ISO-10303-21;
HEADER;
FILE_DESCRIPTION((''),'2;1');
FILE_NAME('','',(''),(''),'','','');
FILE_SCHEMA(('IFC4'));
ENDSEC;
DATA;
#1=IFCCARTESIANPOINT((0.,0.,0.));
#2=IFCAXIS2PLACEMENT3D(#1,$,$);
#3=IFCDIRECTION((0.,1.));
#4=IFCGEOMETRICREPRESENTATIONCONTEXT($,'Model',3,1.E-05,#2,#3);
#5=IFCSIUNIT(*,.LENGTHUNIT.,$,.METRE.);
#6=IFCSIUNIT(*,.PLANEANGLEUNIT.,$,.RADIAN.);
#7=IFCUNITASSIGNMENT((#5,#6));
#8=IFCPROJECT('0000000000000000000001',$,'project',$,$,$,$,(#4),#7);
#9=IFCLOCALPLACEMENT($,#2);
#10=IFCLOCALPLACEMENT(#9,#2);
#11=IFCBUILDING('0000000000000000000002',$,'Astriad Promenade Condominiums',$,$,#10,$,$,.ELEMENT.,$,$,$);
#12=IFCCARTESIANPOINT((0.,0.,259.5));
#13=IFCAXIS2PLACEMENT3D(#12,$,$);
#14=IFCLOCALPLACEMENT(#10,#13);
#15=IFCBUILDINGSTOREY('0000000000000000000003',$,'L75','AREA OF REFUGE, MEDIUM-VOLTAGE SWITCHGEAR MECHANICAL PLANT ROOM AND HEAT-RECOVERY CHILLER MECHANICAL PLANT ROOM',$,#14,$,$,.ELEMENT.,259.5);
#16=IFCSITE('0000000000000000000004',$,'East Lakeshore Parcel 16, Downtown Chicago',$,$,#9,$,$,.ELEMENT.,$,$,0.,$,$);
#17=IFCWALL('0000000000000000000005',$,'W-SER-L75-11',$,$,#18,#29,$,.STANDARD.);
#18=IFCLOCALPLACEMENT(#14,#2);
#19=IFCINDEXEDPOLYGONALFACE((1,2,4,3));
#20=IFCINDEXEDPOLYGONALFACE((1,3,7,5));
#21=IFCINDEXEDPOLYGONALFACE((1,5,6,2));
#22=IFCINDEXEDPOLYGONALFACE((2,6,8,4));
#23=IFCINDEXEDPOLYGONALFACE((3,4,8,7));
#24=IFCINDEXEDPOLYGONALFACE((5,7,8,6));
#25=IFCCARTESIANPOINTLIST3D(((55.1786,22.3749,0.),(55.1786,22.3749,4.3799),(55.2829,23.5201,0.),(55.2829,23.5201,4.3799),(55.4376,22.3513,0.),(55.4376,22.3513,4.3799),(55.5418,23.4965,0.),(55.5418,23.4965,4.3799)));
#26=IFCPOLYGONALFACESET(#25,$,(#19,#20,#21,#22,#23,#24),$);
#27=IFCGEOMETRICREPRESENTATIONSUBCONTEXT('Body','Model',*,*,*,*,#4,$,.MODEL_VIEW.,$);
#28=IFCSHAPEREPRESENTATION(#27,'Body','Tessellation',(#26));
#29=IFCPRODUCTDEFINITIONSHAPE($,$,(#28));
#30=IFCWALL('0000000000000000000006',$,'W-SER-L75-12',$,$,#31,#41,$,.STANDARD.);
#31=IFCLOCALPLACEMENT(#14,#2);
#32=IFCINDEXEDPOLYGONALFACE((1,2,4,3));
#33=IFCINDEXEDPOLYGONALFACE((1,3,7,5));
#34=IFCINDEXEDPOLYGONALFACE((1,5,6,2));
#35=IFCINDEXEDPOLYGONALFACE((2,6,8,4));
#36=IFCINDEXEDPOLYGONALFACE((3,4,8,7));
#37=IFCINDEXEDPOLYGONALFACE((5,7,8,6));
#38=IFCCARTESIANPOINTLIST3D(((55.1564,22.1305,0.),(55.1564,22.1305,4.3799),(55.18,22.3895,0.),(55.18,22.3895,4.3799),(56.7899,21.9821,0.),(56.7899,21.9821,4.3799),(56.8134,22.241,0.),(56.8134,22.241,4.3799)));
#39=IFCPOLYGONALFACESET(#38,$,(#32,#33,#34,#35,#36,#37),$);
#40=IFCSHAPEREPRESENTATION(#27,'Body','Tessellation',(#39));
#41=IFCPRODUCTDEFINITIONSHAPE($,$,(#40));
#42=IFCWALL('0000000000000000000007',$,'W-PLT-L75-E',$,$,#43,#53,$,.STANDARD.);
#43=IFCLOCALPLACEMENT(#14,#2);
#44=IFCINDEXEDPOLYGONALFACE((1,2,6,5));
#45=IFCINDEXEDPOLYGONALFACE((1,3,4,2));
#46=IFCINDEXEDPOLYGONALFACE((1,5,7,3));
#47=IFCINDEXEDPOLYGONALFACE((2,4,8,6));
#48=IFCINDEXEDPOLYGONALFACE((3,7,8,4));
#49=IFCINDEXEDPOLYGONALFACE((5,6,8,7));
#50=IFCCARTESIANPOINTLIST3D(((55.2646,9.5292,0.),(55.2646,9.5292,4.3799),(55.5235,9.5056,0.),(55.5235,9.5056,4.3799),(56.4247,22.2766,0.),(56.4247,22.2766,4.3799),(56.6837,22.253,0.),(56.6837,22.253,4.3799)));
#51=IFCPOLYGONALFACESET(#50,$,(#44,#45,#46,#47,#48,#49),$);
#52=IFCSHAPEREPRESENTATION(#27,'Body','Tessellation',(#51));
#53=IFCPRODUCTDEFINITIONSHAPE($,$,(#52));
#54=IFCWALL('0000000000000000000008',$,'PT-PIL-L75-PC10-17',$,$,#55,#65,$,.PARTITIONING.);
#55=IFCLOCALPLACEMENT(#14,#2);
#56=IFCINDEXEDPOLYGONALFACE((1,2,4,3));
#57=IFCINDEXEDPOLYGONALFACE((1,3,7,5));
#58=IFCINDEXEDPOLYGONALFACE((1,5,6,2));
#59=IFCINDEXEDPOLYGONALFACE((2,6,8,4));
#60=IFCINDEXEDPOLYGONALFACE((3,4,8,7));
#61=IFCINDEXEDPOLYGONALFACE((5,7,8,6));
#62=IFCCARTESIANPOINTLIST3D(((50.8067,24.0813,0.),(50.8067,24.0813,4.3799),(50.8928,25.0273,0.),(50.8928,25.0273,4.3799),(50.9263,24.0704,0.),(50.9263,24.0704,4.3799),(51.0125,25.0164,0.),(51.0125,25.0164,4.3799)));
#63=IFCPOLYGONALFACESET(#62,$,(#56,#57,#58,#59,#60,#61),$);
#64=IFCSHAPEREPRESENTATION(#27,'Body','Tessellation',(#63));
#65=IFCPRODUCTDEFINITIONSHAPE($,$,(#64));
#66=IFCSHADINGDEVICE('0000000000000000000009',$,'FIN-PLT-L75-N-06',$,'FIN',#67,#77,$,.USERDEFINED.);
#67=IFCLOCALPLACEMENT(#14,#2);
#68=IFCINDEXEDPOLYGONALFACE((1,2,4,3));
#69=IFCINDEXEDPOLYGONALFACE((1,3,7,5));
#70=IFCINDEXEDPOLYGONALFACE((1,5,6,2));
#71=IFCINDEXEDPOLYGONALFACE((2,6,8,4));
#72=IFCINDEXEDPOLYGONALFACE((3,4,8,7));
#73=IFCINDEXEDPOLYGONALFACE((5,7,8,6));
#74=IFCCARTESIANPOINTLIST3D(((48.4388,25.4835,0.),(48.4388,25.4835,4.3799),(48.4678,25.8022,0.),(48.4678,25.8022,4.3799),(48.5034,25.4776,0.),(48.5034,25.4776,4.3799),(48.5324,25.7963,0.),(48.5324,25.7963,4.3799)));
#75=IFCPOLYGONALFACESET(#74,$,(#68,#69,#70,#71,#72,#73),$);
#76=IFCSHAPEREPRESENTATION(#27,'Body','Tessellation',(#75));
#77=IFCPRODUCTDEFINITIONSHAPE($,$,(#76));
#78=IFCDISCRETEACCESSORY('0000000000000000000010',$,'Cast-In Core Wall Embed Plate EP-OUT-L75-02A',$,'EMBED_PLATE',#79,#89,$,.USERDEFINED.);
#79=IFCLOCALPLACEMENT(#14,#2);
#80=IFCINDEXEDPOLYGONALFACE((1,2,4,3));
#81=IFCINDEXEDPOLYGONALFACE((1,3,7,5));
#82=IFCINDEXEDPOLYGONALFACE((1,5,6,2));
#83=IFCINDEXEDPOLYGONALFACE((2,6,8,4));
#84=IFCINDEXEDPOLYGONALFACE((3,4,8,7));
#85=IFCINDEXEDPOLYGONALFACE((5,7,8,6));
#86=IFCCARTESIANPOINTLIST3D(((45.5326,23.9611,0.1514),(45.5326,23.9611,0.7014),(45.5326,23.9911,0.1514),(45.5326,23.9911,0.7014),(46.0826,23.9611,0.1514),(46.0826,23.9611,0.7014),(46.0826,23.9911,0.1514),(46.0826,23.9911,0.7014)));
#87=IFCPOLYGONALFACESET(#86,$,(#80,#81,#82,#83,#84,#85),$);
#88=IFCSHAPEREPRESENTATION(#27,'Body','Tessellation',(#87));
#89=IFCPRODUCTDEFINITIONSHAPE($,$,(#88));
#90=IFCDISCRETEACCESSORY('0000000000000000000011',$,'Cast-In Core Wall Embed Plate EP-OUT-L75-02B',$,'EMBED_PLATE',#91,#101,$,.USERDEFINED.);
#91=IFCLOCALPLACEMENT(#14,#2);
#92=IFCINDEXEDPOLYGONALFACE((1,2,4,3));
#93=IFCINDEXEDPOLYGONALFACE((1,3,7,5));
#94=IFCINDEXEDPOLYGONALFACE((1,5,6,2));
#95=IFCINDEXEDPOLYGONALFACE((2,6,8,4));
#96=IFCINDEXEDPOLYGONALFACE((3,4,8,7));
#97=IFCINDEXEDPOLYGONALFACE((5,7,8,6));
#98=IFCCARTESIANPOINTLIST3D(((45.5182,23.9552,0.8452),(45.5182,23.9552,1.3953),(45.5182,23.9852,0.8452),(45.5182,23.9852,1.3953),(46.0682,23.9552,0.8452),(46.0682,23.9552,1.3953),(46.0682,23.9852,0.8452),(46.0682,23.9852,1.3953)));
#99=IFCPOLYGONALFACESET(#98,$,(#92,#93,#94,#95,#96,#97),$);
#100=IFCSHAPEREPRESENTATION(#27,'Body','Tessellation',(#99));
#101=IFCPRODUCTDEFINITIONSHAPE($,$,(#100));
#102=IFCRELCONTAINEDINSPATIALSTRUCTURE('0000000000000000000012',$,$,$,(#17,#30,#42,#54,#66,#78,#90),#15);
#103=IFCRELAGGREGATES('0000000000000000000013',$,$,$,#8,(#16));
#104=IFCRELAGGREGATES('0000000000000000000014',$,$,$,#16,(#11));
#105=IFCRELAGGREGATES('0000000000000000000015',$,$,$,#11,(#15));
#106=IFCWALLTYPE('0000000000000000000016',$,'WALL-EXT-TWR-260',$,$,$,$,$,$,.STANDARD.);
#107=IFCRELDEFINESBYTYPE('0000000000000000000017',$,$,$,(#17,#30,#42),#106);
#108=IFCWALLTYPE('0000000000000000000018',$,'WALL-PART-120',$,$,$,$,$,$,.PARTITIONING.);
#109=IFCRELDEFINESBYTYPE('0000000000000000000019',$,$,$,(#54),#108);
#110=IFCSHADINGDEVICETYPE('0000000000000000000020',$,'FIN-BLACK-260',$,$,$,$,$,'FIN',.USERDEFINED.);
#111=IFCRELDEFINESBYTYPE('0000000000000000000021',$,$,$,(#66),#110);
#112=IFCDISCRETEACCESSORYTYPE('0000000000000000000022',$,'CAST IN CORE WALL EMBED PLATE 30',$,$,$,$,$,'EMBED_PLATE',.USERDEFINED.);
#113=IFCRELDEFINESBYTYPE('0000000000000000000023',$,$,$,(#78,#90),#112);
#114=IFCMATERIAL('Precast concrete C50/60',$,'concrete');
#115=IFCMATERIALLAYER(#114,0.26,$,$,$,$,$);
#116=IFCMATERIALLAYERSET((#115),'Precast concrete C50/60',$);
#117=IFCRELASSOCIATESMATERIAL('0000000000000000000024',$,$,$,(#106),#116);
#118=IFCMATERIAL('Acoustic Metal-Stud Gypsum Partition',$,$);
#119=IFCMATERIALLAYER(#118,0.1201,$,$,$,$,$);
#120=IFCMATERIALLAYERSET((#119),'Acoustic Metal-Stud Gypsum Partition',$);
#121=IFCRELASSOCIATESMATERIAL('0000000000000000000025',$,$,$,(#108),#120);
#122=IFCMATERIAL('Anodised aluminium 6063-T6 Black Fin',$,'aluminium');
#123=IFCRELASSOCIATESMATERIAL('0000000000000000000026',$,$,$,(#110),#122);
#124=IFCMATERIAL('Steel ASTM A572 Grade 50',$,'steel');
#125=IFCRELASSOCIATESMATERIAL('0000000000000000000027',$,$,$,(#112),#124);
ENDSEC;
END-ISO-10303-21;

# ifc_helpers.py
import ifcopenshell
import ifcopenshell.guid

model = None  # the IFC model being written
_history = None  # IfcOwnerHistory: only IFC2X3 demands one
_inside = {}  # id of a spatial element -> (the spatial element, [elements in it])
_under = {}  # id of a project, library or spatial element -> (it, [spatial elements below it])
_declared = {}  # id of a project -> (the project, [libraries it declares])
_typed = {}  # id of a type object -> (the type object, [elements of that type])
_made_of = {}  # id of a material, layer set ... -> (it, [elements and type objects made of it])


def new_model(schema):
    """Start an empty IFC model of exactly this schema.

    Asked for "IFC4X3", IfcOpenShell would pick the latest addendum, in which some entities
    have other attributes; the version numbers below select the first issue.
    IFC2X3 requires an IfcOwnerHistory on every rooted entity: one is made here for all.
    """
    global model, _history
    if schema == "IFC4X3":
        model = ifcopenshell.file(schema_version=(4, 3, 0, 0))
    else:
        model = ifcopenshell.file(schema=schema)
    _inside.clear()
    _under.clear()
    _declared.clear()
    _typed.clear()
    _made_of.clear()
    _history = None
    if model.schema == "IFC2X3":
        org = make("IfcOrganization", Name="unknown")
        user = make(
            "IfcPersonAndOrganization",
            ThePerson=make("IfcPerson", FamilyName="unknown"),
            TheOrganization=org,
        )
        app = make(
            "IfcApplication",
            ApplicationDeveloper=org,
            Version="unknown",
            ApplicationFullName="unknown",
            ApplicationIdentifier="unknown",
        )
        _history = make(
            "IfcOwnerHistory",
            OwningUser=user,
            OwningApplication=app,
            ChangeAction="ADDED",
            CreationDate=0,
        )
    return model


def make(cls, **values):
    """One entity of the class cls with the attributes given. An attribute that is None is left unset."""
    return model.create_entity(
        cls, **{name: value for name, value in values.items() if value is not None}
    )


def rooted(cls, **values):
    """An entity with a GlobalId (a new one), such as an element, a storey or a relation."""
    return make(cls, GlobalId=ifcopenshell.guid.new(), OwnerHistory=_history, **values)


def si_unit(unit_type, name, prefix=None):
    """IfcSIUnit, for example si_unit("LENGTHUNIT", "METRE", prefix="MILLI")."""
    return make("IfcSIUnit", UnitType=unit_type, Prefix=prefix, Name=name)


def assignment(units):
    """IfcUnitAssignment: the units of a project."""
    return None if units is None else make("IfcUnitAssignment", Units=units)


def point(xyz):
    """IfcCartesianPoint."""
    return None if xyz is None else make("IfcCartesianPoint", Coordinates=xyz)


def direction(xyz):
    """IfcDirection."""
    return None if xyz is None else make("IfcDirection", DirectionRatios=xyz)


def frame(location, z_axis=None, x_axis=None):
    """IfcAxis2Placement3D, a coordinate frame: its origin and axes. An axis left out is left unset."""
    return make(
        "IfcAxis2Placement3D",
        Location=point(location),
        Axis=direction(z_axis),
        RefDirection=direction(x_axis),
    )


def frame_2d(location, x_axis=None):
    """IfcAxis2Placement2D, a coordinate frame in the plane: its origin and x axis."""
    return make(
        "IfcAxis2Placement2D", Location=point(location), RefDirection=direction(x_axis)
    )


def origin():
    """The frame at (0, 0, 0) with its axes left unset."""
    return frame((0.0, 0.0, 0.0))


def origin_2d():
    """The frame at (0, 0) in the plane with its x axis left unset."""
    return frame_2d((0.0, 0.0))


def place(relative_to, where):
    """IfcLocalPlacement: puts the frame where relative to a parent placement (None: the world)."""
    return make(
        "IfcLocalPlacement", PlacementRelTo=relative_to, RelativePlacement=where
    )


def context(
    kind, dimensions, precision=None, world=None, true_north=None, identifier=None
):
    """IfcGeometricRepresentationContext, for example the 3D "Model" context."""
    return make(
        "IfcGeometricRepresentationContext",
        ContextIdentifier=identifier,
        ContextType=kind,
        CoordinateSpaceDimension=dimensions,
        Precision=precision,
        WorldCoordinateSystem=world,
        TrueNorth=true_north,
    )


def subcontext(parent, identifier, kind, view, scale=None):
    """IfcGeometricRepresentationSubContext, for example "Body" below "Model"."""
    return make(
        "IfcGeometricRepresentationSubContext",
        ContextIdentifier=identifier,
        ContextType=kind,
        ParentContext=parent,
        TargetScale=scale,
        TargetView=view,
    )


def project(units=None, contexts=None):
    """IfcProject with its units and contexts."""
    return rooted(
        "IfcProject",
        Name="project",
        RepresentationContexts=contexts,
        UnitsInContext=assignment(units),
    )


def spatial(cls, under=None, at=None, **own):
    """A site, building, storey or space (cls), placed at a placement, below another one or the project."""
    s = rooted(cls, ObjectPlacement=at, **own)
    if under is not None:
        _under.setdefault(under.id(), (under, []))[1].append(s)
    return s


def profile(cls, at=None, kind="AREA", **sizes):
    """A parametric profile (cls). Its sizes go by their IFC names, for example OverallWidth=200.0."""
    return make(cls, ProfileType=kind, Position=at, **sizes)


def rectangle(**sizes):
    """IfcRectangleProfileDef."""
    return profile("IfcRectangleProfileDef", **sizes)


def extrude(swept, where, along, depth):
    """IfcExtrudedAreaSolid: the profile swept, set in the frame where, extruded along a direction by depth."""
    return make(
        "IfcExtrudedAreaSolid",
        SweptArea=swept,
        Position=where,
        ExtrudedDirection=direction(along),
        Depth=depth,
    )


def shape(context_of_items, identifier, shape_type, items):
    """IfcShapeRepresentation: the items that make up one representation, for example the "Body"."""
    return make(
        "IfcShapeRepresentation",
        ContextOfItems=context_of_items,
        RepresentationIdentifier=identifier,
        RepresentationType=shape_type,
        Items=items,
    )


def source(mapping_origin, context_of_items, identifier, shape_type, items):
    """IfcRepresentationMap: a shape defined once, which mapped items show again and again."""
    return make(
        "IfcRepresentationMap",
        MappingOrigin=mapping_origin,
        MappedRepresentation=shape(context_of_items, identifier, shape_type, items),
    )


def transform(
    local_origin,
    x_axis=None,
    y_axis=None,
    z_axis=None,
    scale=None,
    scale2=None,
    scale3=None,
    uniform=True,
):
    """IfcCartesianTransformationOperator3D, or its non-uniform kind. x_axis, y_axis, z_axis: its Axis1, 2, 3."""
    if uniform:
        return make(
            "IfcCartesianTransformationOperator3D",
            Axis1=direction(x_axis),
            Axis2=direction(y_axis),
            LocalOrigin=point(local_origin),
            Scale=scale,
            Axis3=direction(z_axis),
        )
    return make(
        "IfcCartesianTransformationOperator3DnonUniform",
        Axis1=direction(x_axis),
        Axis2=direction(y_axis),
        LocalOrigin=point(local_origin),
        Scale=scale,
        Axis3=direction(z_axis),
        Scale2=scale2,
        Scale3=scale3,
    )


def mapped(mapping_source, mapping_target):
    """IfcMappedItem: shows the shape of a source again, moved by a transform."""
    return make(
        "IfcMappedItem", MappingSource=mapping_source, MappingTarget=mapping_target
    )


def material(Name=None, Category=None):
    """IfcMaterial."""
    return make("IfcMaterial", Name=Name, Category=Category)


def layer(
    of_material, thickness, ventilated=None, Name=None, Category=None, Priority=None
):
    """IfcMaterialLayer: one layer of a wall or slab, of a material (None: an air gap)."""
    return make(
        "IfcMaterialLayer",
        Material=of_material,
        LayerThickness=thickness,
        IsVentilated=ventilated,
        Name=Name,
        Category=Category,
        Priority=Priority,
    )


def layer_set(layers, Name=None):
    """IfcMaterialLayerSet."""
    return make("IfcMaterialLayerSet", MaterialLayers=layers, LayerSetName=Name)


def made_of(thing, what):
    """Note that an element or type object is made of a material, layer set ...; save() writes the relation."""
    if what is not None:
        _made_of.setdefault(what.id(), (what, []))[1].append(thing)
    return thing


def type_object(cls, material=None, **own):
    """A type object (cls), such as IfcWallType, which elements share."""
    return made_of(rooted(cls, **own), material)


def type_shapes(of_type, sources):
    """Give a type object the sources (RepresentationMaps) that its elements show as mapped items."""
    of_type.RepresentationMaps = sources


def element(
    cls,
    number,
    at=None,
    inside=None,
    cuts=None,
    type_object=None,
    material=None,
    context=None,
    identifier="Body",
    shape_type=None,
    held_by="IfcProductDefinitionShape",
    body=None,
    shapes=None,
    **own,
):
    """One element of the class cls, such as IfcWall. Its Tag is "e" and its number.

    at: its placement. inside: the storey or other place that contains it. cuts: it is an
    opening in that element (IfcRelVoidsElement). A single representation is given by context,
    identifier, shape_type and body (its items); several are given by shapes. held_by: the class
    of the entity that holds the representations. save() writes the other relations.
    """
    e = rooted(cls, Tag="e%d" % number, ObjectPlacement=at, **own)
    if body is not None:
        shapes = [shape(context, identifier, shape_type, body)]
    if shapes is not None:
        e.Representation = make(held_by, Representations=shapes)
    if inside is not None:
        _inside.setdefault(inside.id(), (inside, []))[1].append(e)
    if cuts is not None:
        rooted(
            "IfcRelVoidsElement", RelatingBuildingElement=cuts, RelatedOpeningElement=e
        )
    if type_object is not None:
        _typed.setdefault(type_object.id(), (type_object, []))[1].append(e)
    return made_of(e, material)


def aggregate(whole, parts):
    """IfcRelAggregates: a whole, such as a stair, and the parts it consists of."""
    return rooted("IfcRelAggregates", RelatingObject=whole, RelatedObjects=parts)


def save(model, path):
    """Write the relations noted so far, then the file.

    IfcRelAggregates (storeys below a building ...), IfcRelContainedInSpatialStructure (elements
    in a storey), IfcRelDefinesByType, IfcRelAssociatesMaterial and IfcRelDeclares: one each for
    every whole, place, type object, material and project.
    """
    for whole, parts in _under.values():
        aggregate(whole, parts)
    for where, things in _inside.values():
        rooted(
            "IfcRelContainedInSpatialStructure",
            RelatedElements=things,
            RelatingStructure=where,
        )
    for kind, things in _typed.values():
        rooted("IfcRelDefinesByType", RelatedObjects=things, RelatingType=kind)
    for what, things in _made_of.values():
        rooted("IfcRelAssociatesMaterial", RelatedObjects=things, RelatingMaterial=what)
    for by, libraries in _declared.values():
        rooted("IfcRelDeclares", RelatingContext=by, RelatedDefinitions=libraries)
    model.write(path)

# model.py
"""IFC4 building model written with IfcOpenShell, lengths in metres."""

from ifc_helpers import new_model, si_unit, direction, frame, frame_2d, origin, origin_2d, place, context, subcontext, project, spatial, rectangle, extrude, source, transform, mapped, material, layer, layer_set, type_object, type_shapes, element, save


model = new_model("IFC4")

# Units and contexts
model_context = context("Model", 3, precision=1e-05, world=origin(), true_north=direction((0.0, 1.0)))
body_context = subcontext(model_context, "Body", "Model", "MODEL_VIEW")
ifc_project = project(units=[si_unit("LENGTHUNIT", "METRE"), si_unit("PLANEANGLEUNIT", "RADIAN")], contexts=[model_context])

# Site, building, storey
site_placement = place(None, origin())
site = spatial("IfcSite", under=ifc_project, at=site_placement, Name="East Lakeshore Parcel 16, Downtown Chicago", CompositionType="ELEMENT", RefElevation=0.0)
building_placement = place(site_placement, origin())
building = spatial("IfcBuilding", under=site, at=building_placement, Name="Astriad Promenade Condominiums", CompositionType="ELEMENT")
storey_placement = place(building_placement, frame((0.0, 0.0, 259.5)))
storey = spatial("IfcBuildingStorey", under=building, at=storey_placement, Name="L75", Description="AREA OF REFUGE, MEDIUM-VOLTAGE SWITCHGEAR MECHANICAL PLANT ROOM AND HEAT-RECOVERY CHILLER MECHANICAL PLANT ROOM", CompositionType="ELEMENT", Elevation=259.5)

# Shared definitions
ifc_material_1 = material(Name="Steel ASTM A572 Grade 50", Category="steel")

# Walls
ifc_material_2 = material(Name="Precast concrete C50/60", Category="concrete")
ifc_layer_1 = layer(ifc_material_2, 0.26)
ifc_layer_set_1 = layer_set([ifc_layer_1], Name="Precast concrete C50/60")
wall_type_1 = type_object("IfcWallType", Name="WALL-EXT-TWR-260", PredefinedType="STANDARD", material=ifc_layer_set_1)
wall_1_placement = place(storey_placement, frame((55.4124, 23.5083, 0.0), z_axis=(0.0, 0.0, 1.0), x_axis=(-0.090651, -0.995883, 0.0)))
element("IfcWall", 1, at=wall_1_placement, inside=storey, type_object=wall_type_1, Name="W-SER-L75-11", PredefinedType="STANDARD", context=body_context, shape_type="SweptSolid", body=[
    extrude(rectangle(XDim=1.1499, YDim=0.26, at=frame_2d((0.575, 0.0))), origin(), (0.0, 0.0, 1.0), 4.3799),
])
wall_2_placement = place(storey_placement, frame((55.1682, 22.26, 0.0), z_axis=(0.0, 0.0, 1.0), x_axis=(0.995896, -0.090509, 0.0)))
element("IfcWall", 2, at=wall_2_placement, inside=storey, type_object=wall_type_1, Name="W-SER-L75-12", PredefinedType="STANDARD", context=body_context, shape_type="SweptSolid", body=[
    extrude(rectangle(XDim=1.6401, YDim=0.26, at=frame_2d((0.8201, 0.0))), origin(), (0.0, 0.0, 1.0), 4.3799),
])
wall_3_placement = place(storey_placement, frame((56.5542, 22.2646, 0.0), z_axis=(0.0, 0.0, 1.0), x_axis=(-0.090637, -0.995884, 0.0)))
element("IfcWall", 3, at=wall_3_placement, inside=storey, type_object=wall_type_1, Name="W-PLT-L75-E", PredefinedType="STANDARD", context=body_context, shape_type="SweptSolid", body=[
    extrude(rectangle(XDim=12.8, YDim=0.26, at=frame_2d((6.3999, 0.0))), origin(), (0.0, 0.0, 1.0), 4.3799),
])
ifc_material_3 = material(Name="Acoustic Metal-Stud Gypsum Partition")
ifc_layer_2 = layer(ifc_material_3, 0.1201)
ifc_layer_set_2 = layer_set([ifc_layer_2], Name="Acoustic Metal-Stud Gypsum Partition")
wall_type_2 = type_object("IfcWallType", Name="WALL-PART-120", PredefinedType="PARTITIONING", material=ifc_layer_set_2)
wall_4_placement = place(storey_placement, frame((50.8665, 24.0757, 0.0), z_axis=(0.0, 0.0, 1.0), x_axis=(0.090721, 0.995876, 0.0)))
element("IfcWall", 4, at=wall_4_placement, inside=storey, type_object=wall_type_2, Name="PT-PIL-L75-PC10-17", PredefinedType="PARTITIONING", context=body_context, shape_type="SweptSolid", body=[
    extrude(rectangle(XDim=0.95, YDim=0.1201, at=frame_2d((0.4751, 0.0))), origin(), (0.0, 0.0, 1.0), 4.3799),
])

# Shading device
ifc_material_4 = material(Name="Anodised aluminium 6063-T6 Black Fin", Category="aluminium")
shading_device_type = type_object("IfcShadingDeviceType", Name="FIN-BLACK-260", ElementType="FIN", PredefinedType="USERDEFINED", material=ifc_material_4)
shared_shape_1 = source(origin(), body_context, "Body", "SweptSolid", [
    extrude(rectangle(XDim=0.0649, YDim=0.3201, at=origin_2d()), origin(), (0.0, 0.0, 1.0), 4.3799),
])
type_shapes(shading_device_type, [shared_shape_1])
shading_device_placement = place(storey_placement, frame((48.4856, 25.6399, 0.0), z_axis=(0.0, 0.0, 1.0), x_axis=(0.995884, -0.090633, 0.0)))
element("IfcShadingDevice", 5, at=shading_device_placement, inside=storey, type_object=shading_device_type, Name="FIN-PLT-L75-N-06", ObjectType="FIN", PredefinedType="USERDEFINED", context=body_context, shape_type="MappedRepresentation", body=[
    mapped(shared_shape_1, transform((0.0, 0.0, 0.0), scale=1.0)),
])

# Discrete accessories
discrete_accessory_type = type_object("IfcDiscreteAccessoryType", Name="CAST IN CORE WALL EMBED PLATE 30", ElementType="EMBED_PLATE", PredefinedType="USERDEFINED", material=ifc_material_1)
shared_shape_2 = source(origin(), body_context, "Body", "SweptSolid", [
    extrude(rectangle(XDim=0.55, YDim=0.03, at=origin_2d()), origin(), (0.0, 0.0, 1.0), 0.55),
])
type_shapes(discrete_accessory_type, [shared_shape_2])
for number, where, z_axis, x_axis, name in (
    (6, (45.8076, 23.9761, 0.1514), (0.0, 0.0, 1.0), (1.0, 0.0, 0.0), "Cast-In Core Wall Embed Plate EP-OUT-L75-02A"),
    (7, (45.7932, 23.9702, 0.8452), (0.0, 0.0, 1.0), (1.0, 0.0, 0.0), "Cast-In Core Wall Embed Plate EP-OUT-L75-02B"),
):
    element("IfcDiscreteAccessory", number, at=place(storey_placement, frame(where, z_axis=z_axis, x_axis=x_axis)), inside=storey, type_object=discrete_accessory_type, Name=name, ObjectType="EMBED_PLATE", PredefinedType="USERDEFINED", context=body_context, shape_type="MappedRepresentation", body=[
        mapped(shared_shape_2, transform((0.0, 0.0, 0.0), scale=1.0)),
    ])

save(model, "model.ifc")
